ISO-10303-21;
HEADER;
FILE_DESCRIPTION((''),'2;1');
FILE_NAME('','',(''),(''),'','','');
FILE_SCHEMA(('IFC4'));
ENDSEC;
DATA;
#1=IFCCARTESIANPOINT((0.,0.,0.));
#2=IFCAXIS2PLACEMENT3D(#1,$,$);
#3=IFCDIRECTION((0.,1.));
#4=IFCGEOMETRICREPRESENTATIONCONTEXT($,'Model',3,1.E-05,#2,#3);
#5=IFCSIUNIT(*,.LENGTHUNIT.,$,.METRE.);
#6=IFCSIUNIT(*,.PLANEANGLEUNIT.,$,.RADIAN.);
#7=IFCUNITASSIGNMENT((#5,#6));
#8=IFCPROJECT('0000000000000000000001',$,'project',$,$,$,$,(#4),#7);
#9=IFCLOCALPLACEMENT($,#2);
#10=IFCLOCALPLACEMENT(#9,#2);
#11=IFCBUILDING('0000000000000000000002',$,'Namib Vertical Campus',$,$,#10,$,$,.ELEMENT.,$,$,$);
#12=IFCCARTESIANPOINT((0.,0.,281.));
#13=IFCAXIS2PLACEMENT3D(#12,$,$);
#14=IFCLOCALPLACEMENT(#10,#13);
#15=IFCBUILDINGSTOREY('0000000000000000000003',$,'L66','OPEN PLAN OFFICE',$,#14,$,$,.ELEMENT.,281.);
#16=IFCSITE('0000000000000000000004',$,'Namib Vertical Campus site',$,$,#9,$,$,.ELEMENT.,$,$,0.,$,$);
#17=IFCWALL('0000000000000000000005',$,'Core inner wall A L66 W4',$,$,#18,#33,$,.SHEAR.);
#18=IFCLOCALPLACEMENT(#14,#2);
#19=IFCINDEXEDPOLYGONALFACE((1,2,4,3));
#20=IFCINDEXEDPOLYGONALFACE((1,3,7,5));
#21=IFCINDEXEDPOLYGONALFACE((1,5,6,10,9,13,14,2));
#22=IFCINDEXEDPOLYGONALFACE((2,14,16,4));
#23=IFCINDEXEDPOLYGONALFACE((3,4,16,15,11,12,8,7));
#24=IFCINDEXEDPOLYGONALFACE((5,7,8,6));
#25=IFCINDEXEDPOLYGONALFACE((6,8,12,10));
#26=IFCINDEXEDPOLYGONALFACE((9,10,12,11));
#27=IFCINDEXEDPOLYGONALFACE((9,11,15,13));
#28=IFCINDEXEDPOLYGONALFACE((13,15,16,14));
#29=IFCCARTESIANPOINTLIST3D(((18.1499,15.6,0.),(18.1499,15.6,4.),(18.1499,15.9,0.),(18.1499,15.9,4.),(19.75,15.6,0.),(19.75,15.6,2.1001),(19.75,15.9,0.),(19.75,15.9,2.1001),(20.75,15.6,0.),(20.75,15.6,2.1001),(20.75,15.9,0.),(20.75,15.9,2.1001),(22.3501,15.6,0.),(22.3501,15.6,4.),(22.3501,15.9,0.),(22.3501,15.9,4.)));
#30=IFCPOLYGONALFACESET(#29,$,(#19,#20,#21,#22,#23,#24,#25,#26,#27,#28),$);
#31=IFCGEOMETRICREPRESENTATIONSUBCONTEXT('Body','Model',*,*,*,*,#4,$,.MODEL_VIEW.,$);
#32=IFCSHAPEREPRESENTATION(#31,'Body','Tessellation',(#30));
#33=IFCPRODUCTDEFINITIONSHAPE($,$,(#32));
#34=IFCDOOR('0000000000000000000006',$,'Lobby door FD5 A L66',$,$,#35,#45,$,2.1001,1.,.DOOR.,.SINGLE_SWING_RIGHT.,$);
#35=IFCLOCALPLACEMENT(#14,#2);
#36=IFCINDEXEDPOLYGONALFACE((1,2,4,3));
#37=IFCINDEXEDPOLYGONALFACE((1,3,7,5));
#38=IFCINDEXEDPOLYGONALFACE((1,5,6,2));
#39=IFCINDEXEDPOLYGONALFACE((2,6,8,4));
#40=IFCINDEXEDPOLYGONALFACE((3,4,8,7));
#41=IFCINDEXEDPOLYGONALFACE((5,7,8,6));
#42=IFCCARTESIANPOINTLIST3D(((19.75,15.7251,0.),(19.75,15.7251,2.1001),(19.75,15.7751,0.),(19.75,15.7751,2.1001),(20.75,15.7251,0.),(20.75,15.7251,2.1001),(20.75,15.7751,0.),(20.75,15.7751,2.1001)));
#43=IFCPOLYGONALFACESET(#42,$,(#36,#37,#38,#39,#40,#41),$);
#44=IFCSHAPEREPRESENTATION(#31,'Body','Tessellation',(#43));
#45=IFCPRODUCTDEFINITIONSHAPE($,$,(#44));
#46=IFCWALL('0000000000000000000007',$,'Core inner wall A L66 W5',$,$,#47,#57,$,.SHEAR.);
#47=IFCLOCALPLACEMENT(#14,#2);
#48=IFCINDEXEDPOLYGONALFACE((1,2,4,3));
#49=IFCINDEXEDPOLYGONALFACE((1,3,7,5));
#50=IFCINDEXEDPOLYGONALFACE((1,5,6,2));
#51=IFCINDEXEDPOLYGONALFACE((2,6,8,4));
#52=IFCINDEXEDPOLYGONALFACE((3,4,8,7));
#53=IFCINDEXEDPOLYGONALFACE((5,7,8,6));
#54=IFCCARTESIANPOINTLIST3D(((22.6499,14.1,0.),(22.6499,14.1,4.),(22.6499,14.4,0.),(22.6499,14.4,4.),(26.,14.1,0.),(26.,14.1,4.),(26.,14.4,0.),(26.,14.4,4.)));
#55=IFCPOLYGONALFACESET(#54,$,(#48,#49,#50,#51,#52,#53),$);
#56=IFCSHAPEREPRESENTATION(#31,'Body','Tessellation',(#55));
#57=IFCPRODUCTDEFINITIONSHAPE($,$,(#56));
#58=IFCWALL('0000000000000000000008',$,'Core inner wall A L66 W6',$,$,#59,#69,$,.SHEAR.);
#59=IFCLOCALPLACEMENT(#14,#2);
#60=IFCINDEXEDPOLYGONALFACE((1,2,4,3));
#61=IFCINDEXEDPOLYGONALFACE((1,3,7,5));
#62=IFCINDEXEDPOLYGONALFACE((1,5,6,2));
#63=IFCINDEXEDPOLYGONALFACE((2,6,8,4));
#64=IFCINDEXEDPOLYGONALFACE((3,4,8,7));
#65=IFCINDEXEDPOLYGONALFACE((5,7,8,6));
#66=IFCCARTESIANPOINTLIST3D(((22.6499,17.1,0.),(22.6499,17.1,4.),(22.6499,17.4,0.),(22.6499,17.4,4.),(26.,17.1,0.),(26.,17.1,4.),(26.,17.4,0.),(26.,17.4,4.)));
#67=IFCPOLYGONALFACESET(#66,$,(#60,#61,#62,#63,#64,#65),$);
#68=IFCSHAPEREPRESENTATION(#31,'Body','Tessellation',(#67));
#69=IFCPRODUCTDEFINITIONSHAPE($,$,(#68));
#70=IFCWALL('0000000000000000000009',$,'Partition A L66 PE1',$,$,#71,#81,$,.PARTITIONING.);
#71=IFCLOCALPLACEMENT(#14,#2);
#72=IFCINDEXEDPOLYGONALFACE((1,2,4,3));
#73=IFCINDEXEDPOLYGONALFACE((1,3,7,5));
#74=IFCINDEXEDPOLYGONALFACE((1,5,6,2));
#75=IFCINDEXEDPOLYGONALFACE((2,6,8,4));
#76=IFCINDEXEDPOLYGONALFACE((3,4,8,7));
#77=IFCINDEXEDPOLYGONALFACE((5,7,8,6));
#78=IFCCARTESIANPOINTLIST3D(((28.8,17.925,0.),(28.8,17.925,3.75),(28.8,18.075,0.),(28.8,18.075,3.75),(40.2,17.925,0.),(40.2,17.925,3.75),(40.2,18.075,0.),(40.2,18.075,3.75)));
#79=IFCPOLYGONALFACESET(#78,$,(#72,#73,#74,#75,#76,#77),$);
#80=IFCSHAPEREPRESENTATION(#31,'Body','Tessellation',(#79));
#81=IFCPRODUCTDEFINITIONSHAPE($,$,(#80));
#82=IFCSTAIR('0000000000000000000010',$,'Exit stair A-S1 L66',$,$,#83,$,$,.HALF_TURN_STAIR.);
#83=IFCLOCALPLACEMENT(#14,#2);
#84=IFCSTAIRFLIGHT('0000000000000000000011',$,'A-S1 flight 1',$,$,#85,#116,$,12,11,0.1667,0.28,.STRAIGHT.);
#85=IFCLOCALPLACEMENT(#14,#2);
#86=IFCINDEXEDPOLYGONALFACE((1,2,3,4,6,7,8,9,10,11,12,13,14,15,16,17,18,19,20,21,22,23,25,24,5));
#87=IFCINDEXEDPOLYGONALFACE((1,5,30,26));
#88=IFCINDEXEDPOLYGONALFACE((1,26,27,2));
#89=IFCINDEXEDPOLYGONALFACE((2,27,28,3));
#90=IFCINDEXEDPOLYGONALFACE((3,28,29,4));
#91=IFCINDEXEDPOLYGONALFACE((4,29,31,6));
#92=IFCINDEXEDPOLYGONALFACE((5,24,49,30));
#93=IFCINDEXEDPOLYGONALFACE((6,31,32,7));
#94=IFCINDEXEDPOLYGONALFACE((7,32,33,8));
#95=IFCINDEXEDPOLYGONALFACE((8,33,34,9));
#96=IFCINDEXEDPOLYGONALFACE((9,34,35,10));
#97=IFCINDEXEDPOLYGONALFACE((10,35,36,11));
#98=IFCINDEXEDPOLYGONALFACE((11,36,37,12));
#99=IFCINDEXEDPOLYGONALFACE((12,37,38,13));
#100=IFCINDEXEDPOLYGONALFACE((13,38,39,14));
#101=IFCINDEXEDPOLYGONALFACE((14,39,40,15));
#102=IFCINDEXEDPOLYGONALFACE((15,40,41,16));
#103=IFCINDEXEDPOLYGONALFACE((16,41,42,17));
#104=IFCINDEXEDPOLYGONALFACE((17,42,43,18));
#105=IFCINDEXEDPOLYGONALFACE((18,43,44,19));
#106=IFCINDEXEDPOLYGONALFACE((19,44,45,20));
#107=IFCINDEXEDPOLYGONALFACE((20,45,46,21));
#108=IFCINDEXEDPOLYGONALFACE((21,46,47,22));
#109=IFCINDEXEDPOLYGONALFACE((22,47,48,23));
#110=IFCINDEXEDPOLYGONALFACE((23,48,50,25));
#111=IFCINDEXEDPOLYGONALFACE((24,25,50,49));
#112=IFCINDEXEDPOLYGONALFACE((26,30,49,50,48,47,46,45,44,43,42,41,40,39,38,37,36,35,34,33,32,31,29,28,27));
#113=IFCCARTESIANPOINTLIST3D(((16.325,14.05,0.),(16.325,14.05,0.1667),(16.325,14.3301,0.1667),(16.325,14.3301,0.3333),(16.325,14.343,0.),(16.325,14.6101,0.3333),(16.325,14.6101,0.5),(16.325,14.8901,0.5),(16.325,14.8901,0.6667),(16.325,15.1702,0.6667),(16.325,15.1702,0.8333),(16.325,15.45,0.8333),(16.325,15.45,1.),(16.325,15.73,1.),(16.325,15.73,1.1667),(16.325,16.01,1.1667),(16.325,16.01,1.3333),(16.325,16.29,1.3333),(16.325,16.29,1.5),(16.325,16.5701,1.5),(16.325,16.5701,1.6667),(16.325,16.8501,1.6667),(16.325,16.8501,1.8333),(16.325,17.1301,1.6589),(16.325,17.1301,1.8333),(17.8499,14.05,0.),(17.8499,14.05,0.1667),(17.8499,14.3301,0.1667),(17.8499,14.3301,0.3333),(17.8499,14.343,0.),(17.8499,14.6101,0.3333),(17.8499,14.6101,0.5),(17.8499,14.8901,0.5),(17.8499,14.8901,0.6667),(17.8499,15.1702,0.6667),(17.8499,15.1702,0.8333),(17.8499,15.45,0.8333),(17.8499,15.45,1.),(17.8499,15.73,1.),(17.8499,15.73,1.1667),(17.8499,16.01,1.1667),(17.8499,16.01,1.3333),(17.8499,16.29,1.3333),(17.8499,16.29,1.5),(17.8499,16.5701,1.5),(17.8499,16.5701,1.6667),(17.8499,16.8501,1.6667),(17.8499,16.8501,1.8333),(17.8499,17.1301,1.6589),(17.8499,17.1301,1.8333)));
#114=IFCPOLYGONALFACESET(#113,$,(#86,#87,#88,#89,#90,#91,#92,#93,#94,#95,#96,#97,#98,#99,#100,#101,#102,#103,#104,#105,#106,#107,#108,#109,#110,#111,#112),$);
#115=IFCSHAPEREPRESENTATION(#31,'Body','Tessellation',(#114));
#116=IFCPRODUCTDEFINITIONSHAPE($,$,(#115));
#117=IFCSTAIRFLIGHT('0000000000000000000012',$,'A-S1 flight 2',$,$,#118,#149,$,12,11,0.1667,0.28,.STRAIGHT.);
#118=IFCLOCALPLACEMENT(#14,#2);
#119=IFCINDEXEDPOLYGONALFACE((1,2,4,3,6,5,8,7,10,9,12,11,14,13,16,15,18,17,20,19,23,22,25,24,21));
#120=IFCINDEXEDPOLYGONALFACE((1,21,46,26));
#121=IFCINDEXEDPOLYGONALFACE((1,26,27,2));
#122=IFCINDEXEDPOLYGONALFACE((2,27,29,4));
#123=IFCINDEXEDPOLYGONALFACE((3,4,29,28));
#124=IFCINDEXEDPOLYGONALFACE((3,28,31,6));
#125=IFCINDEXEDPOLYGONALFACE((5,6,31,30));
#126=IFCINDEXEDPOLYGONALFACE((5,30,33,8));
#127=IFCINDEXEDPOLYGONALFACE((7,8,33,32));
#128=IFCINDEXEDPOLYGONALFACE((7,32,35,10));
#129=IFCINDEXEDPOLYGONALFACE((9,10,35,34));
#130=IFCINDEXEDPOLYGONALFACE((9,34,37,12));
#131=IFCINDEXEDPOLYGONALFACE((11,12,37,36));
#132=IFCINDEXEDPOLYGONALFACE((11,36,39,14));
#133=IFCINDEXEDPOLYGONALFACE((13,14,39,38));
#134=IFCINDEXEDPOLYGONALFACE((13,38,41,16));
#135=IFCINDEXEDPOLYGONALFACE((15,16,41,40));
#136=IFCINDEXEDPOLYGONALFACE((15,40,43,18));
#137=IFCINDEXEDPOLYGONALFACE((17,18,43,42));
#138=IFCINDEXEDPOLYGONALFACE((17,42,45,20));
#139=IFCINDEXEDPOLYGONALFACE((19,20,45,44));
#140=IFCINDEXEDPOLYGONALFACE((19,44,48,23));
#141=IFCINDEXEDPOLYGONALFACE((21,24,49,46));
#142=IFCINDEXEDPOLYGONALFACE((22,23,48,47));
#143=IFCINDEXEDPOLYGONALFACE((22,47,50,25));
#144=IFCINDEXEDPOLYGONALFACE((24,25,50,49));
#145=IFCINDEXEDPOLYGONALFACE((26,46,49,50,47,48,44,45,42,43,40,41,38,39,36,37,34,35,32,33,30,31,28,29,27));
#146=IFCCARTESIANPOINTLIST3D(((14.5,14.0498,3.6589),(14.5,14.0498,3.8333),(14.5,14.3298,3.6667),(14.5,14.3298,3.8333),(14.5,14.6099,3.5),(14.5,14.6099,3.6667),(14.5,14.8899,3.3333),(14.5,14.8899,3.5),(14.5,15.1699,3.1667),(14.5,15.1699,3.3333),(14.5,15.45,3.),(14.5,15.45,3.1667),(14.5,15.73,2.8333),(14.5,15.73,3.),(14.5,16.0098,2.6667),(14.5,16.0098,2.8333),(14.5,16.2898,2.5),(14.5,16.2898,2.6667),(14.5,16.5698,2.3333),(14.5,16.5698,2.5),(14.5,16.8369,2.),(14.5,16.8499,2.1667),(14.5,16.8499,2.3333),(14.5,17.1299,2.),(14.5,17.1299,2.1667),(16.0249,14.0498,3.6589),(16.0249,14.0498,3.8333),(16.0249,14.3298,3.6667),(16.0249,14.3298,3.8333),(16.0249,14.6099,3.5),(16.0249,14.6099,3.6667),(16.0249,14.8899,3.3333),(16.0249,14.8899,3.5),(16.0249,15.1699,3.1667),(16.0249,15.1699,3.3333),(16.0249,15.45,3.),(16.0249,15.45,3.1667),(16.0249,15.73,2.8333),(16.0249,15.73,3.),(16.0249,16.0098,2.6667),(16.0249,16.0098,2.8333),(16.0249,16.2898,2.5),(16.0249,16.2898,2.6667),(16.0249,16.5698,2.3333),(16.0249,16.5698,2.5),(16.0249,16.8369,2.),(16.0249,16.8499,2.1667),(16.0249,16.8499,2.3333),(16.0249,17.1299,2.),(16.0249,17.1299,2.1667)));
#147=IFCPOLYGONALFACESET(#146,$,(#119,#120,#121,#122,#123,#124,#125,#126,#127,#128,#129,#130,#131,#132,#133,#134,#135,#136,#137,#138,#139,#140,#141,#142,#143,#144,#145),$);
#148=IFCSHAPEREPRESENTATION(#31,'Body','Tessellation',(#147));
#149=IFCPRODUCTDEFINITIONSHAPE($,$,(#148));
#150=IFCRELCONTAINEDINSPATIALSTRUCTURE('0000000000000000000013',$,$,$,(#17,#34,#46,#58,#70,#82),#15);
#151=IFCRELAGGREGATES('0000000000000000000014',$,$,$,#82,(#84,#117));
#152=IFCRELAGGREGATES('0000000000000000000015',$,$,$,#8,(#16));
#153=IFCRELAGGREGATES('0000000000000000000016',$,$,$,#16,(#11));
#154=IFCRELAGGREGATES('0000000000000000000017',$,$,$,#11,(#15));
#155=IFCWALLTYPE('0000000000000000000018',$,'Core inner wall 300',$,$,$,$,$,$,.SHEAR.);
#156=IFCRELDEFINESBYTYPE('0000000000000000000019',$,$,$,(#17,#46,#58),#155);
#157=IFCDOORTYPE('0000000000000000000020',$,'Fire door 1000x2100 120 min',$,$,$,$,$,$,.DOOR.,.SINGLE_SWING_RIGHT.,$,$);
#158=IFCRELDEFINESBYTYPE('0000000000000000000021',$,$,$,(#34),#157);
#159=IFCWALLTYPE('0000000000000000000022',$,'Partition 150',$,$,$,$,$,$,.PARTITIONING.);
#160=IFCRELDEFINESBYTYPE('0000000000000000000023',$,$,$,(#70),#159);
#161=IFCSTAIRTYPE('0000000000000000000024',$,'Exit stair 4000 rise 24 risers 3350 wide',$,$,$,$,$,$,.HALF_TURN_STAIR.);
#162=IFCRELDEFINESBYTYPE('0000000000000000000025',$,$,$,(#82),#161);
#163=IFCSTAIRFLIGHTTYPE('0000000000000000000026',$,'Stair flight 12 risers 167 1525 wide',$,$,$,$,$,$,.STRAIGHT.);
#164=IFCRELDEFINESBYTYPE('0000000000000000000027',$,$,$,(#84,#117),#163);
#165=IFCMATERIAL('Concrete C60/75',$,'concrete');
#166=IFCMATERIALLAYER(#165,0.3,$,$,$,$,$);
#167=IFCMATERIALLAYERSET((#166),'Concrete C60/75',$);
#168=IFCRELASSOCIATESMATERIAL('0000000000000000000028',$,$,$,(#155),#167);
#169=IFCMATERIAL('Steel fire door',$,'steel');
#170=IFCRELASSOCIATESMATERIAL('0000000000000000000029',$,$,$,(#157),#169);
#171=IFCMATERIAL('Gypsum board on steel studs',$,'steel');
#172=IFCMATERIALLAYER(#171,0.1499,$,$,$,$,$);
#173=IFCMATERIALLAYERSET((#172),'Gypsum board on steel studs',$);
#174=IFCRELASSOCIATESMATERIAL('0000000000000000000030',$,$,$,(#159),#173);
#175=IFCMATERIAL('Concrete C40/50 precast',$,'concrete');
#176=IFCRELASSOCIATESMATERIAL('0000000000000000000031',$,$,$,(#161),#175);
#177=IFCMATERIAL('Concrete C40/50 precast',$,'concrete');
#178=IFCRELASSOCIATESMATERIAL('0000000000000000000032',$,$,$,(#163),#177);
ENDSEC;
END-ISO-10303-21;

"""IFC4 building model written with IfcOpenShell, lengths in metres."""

from ifc_helpers import new_model, si_unit, direction, frame, frame_2d, origin, place, context, subcontext, project, spatial, polyline, rectangle, outline, extrude, material, layer, layer_set, type_object, element, fill, aggregate, save


model = new_model("IFC4")

# Units and contexts
model_context = context("Model", 3, precision=1e-05, world=origin(), true_north=direction((0.0, 1.0)))
body_context = subcontext(model_context, "Body", "Model", "MODEL_VIEW")
ifc_project = project(units=[si_unit("LENGTHUNIT", "METRE"), si_unit("PLANEANGLEUNIT", "RADIAN")], contexts=[model_context])

# Site, building, storey
site_placement = place(None, origin())
site = spatial("IfcSite", under=ifc_project, at=site_placement, Name="Namib Vertical Campus site", CompositionType="ELEMENT", RefElevation=0.0)
building_placement = place(site_placement, origin())
building = spatial("IfcBuilding", under=site, at=building_placement, Name="Namib Vertical Campus", CompositionType="ELEMENT")
storey_placement = place(building_placement, frame((0.0, 0.0, 281.0)))
storey = spatial("IfcBuildingStorey", under=building, at=storey_placement, Name="L66", Description="OPEN PLAN OFFICE", CompositionType="ELEMENT", Elevation=281.0)

# Wall, opening, door
ifc_material_1 = material(Name="Concrete C60/75", Category="concrete")
ifc_layer_1 = layer(ifc_material_1, 0.3)
ifc_layer_set_1 = layer_set([ifc_layer_1], Name="Concrete C60/75")
wall_type_1 = type_object("IfcWallType", Name="Core inner wall 300", PredefinedType="SHEAR", material=ifc_layer_set_1)
wall_1_placement = place(storey_placement, frame((18.1499, 15.75, 0.0), z_axis=(0.0, 0.0, 1.0), x_axis=(1.0, 0.0, 0.0)))
wall_1 = element("IfcWall", 1, at=wall_1_placement, inside=storey, type_object=wall_type_1, Name="Core inner wall A L66 W4", PredefinedType="SHEAR", context=body_context, shape_type="SweptSolid", body=[
    extrude(rectangle(XDim=4.2002, YDim=0.3, at=frame_2d((2.1001, 0.0))), origin(), (0.0, 0.0, 1.0), 4.0),
])
opening_placement = place(wall_1_placement, frame((1.6001, 0.0, 0.0)))
opening = element("IfcOpeningElement", 2, at=opening_placement, cuts=wall_1, PredefinedType="OPENING", context=body_context, shape_type="SweptSolid", body=[
    extrude(rectangle(XDim=1.0, YDim=2.1001, at=frame_2d((0.5, 1.05))), frame((0.0, 0.1599, 0.0), z_axis=(0.0, -1.0, 0.0), x_axis=(1.0, 0.0, 0.0)), (0.0, 0.0, 1.0), 0.3201),
])
ifc_material_2 = material(Name="Steel fire door", Category="steel")
door_type = type_object("IfcDoorType", Name="Fire door 1000x2100 120 min", OperationType="SINGLE_SWING_RIGHT", PredefinedType="DOOR", material=ifc_material_2)
door_placement = place(opening_placement, frame((1.0, 0.0, 0.0), z_axis=(0.0, 0.0, 1.0), x_axis=(-1.0, 0.0, 0.0)))
door = element("IfcDoor", 3, at=door_placement, inside=storey, type_object=door_type, Name="Lobby door FD5 A L66", OperationType="SINGLE_SWING_RIGHT", OverallHeight=2.1001, OverallWidth=1.0, PredefinedType="DOOR", context=body_context, shape_type="SweptSolid", body=[
    extrude(rectangle(XDim=1.0, YDim=2.1001, at=frame_2d((0.5, 1.05))), frame((0.0, 0.0249, 0.0), z_axis=(0.0, -1.0, 0.0), x_axis=(1.0, 0.0, 0.0)), (0.0, 0.0, 1.0), 0.05),
])
fill(opening, door)

# Walls
for number, where, z_axis, x_axis, name in (
    (4, (22.6499, 14.25, 0.0), (0.0, 0.0, 1.0), (1.0, 0.0, 0.0), "Core inner wall A L66 W5"),
    (5, (22.6499, 17.25, 0.0), (0.0, 0.0, 1.0), (1.0, 0.0, 0.0), "Core inner wall A L66 W6"),
):
    element("IfcWall", number, at=place(storey_placement, frame(where, z_axis=z_axis, x_axis=x_axis)), inside=storey, type_object=wall_type_1, Name=name, PredefinedType="SHEAR", context=body_context, shape_type="SweptSolid", body=[
        extrude(rectangle(XDim=3.3501, YDim=0.3, at=frame_2d((1.675, 0.0))), origin(), (0.0, 0.0, 1.0), 4.0),
    ])
ifc_material_3 = material(Name="Gypsum board on steel studs", Category="steel")
ifc_layer_2 = layer(ifc_material_3, 0.1499)
ifc_layer_set_2 = layer_set([ifc_layer_2], Name="Gypsum board on steel studs")
wall_type_2 = type_object("IfcWallType", Name="Partition 150", PredefinedType="PARTITIONING", material=ifc_layer_set_2)
wall_2_placement = place(storey_placement, frame((28.8, 18.0, 0.0), z_axis=(0.0, 0.0, 1.0), x_axis=(1.0, 0.0, 0.0)))
element("IfcWall", 6, at=wall_2_placement, inside=storey, type_object=wall_type_2, Name="Partition A L66 PE1", PredefinedType="PARTITIONING", context=body_context, shape_type="SweptSolid", body=[
    extrude(rectangle(XDim=11.3999, YDim=0.1499, at=frame_2d((5.7, 0.0))), origin(), (0.0, 0.0, 1.0), 3.75),
])

# Stair, stair flights
ifc_material_4 = material(Name="Concrete C40/50 precast", Category="concrete")
stair_type = type_object("IfcStairType", Name="Exit stair 4000 rise 24 risers 3350 wide", PredefinedType="HALF_TURN_STAIR", material=ifc_material_4)
stair_placement = place(storey_placement, origin())
stair = element("IfcStair", 7, at=stair_placement, inside=storey, type_object=stair_type, Name="Exit stair A-S1 L66", PredefinedType="HALF_TURN_STAIR")
ifc_material_5 = material(Name="Concrete C40/50 precast", Category="concrete")
stair_flight_type = type_object("IfcStairFlightType", Name="Stair flight 12 risers 167 1525 wide", PredefinedType="STRAIGHT", material=ifc_material_5)
stair_flight_1_placement = place(storey_placement, frame((17.0874, 14.05, 0.0), z_axis=(0.0, 0.0, 1.0), x_axis=(0.0, 1.0, 0.0)))
stair_flight_1 = element("IfcStairFlight", 8, at=stair_flight_1_placement, type_object=stair_flight_type, Name="A-S1 flight 1", NumberOfRisers=12, NumberOfTreads=11, PredefinedType="STRAIGHT", RiserHeight=0.1667, TreadLength=0.28, context=body_context, shape_type="SweptSolid", body=[
    extrude(outline(polyline([(0.0, 0.0), (0.0, 0.1667), (0.28, 0.1667), (0.28, 0.3333), (0.5601, 0.3333), (0.5601, 0.5), (0.8401, 0.5), (0.8401, 0.6667), (1.1201, 0.6667), (1.1201, 0.8333), (1.3999, 0.8333), (1.3999, 1.0), (1.6799, 1.0), (1.6799, 1.1667), (1.96, 1.1667), (1.96, 1.3333), (2.24, 1.3333), (2.24, 1.5), (2.52, 1.5), (2.52, 1.6667), (2.8, 1.6667), (2.8, 1.8333), (3.0801, 1.8333), (3.0801, 2.0), (3.0801, 1.6589), (0.293, 0.0), (0.0, 0.0)])), frame((0.0, 0.7625, 0.0), z_axis=(0.0, -1.0, 0.0), x_axis=(1.0, 0.0, 0.0)), (0.0, 0.0, 1.0), 1.5249),
])
stair_flight_2_placement = place(storey_placement, frame((15.2625, 17.1299, 2.0), z_axis=(0.0, 0.0, 1.0), x_axis=(0.0, -1.0, 0.0)))
stair_flight_2 = element("IfcStairFlight", 9, at=stair_flight_2_placement, type_object=stair_flight_type, Name="A-S1 flight 2", NumberOfRisers=12, NumberOfTreads=11, PredefinedType="STRAIGHT", RiserHeight=0.1667, TreadLength=0.28, context=body_context, shape_type="SweptSolid", body=[
    extrude(outline(polyline([(0.0, 0.0), (0.0, 0.1667), (0.28, 0.1667), (0.28, 0.3333), (0.5601, 0.3333), (0.5601, 0.5), (0.8401, 0.5), (0.8401, 0.6667), (1.1201, 0.6667), (1.1201, 0.8333), (1.3999, 0.8333), (1.3999, 1.0), (1.6799, 1.0), (1.6799, 1.1667), (1.96, 1.1667), (1.96, 1.3333), (2.24, 1.3333), (2.24, 1.5), (2.52, 1.5), (2.52, 1.6667), (2.8, 1.6667), (2.8, 1.8333), (3.0801, 1.8333), (3.0801, 2.0), (3.0801, 1.6589), (0.293, 0.0), (0.0, 0.0)])), frame((0.0, 0.7625, 0.0), z_axis=(0.0, -1.0, 0.0), x_axis=(1.0, 0.0, 0.0)), (0.0, 0.0, 1.0), 1.5249),
])
aggregate(stair, [stair_flight_1, stair_flight_2])

save(model, "model.ifc")
